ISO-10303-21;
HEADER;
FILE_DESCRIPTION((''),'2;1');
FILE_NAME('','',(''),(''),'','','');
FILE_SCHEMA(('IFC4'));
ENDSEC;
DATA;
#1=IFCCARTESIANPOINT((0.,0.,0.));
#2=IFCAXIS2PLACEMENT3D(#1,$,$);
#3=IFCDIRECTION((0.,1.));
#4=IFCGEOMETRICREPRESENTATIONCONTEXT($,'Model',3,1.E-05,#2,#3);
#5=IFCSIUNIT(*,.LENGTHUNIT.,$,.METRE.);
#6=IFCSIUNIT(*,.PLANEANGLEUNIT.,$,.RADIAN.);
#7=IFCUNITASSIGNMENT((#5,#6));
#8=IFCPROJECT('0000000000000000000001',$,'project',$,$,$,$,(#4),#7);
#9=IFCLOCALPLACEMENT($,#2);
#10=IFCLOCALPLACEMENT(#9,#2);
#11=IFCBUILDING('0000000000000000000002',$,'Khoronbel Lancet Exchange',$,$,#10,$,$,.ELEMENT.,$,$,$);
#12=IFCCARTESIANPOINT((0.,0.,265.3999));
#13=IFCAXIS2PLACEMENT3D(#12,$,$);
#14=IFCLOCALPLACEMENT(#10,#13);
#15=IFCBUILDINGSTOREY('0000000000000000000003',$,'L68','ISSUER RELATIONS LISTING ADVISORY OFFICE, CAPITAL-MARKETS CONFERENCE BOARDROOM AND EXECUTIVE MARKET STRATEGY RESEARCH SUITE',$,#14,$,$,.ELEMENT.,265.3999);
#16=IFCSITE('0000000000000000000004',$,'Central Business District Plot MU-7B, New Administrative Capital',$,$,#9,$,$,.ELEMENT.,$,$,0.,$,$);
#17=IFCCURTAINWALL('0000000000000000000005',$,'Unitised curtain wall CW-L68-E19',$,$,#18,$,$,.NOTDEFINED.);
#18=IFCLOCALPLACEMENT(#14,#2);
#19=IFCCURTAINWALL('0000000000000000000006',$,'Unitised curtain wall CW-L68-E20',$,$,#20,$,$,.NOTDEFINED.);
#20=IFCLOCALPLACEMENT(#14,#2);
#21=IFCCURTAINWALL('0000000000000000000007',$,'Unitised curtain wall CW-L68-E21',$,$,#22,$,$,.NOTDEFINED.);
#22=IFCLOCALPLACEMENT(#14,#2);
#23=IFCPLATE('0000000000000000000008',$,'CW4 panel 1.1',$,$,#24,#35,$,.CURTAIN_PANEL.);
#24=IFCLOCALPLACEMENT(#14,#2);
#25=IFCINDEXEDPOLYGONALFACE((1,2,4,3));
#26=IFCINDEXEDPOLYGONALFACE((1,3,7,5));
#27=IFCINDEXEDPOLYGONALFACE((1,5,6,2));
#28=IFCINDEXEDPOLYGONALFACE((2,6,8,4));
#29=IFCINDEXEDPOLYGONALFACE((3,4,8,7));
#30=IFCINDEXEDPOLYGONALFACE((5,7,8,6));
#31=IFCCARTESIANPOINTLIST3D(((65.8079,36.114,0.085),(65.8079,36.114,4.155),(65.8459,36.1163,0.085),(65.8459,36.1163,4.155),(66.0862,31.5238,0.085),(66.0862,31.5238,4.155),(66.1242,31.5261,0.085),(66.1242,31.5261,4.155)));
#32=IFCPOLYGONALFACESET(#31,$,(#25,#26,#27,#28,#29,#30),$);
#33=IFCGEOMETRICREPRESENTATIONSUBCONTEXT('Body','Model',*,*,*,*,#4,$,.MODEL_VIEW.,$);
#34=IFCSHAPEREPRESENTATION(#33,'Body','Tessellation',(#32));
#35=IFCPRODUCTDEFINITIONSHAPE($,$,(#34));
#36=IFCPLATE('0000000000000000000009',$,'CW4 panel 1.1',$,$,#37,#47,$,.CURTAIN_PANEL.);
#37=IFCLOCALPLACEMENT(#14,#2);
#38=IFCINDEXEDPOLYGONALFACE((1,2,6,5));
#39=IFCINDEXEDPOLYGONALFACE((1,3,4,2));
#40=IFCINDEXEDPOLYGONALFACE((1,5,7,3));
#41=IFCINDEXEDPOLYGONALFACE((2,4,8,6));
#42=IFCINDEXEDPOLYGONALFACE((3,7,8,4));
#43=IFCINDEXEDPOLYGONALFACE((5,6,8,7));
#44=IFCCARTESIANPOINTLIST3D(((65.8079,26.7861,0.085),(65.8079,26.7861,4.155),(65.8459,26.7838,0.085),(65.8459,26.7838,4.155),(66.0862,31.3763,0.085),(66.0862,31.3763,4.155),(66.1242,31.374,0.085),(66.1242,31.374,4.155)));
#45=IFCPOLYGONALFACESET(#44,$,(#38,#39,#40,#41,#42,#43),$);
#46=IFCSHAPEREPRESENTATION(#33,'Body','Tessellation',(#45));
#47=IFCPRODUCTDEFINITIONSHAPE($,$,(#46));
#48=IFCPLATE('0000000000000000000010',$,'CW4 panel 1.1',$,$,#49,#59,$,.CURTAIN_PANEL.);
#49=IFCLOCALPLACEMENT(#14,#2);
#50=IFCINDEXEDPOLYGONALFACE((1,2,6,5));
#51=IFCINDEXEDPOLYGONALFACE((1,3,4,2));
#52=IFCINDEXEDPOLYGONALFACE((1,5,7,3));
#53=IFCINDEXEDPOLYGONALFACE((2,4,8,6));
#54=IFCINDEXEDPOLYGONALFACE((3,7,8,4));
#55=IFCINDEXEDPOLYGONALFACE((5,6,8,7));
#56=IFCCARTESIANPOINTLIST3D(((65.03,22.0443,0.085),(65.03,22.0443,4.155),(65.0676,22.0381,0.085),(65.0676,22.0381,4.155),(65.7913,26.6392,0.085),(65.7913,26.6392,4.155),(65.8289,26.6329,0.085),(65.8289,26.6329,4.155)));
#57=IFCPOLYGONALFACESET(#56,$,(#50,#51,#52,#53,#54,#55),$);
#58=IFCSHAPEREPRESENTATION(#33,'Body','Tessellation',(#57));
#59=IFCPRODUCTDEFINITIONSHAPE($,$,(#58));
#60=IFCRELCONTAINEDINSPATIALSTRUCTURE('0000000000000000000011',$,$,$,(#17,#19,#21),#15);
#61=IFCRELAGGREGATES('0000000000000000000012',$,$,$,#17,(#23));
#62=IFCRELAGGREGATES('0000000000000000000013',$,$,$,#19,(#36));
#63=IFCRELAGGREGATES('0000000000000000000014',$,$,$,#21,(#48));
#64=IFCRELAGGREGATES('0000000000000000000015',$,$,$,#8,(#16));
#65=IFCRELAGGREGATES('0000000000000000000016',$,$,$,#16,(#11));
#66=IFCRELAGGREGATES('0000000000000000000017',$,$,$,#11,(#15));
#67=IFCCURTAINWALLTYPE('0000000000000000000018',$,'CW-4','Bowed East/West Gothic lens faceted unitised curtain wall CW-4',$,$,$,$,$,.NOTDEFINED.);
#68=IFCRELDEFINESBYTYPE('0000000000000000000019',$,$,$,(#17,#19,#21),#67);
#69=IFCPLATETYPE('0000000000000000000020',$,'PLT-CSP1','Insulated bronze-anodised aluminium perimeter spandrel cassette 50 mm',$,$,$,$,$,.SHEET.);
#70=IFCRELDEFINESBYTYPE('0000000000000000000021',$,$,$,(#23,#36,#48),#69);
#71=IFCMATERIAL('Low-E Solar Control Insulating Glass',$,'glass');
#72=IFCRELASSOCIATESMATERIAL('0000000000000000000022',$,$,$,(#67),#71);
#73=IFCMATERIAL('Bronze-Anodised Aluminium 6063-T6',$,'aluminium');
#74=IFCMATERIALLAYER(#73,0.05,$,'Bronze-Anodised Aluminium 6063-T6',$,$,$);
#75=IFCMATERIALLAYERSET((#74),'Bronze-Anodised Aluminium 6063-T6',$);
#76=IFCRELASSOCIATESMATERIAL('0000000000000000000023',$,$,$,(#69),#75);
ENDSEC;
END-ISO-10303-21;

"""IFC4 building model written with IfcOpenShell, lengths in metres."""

from ifc_helpers import new_model, si_unit, direction, frame, origin, origin_2d, place, context, subcontext, project, spatial, rectangle, extrude, material, layer, layer_set, type_object, element, aggregate, save


model = new_model("IFC4")

# Units and contexts
model_context = context("Model", 3, precision=1e-05, world=origin(), true_north=direction((0.0, 1.0)))
body_context = subcontext(model_context, "Body", "Model", "MODEL_VIEW")
ifc_project = project(units=[si_unit("LENGTHUNIT", "METRE"), si_unit("PLANEANGLEUNIT", "RADIAN")], contexts=[model_context])

# Site, building, storey
site_placement = place(None, origin())
site = spatial("IfcSite", under=ifc_project, at=site_placement, Name="Central Business District Plot MU-7B, New Administrative Capital", CompositionType="ELEMENT", RefElevation=0.0)
building_placement = place(site_placement, origin())
building = spatial("IfcBuilding", under=site, at=building_placement, Name="Khoronbel Lancet Exchange", CompositionType="ELEMENT")
storey_placement = place(building_placement, frame((0.0, 0.0, 265.3999)))
storey = spatial("IfcBuildingStorey", under=building, at=storey_placement, Name="L68", Description="ISSUER RELATIONS LISTING ADVISORY OFFICE, CAPITAL-MARKETS CONFERENCE BOARDROOM AND EXECUTIVE MARKET STRATEGY RESEARCH SUITE", CompositionType="ELEMENT", Elevation=265.3999)

# Shared definitions
ifc_material_1 = material(Name="Low-E Solar Control Insulating Glass", Category="glass")
curtain_wall_type = type_object("IfcCurtainWallType", Name="CW-4", Description="Bowed East/West Gothic lens faceted unitised curtain wall CW-4", PredefinedType="NOTDEFINED", material=ifc_material_1)
ifc_material_2 = material(Name="Bronze-Anodised Aluminium 6063-T6", Category="aluminium")

# Curtain walls
curtain_wall_1_placement = place(storey_placement, origin())
curtain_wall_1 = element("IfcCurtainWall", 1, at=curtain_wall_1_placement, inside=storey, type_object=curtain_wall_type, Name="Unitised curtain wall CW-L68-E19", PredefinedType="NOTDEFINED")
curtain_wall_2_placement = place(storey_placement, origin())
curtain_wall_2 = element("IfcCurtainWall", 2, at=curtain_wall_2_placement, inside=storey, type_object=curtain_wall_type, Name="Unitised curtain wall CW-L68-E20", PredefinedType="NOTDEFINED")
curtain_wall_3_placement = place(storey_placement, origin())
curtain_wall_3 = element("IfcCurtainWall", 3, at=curtain_wall_3_placement, inside=storey, type_object=curtain_wall_type, Name="Unitised curtain wall CW-L68-E21", PredefinedType="NOTDEFINED")

# Plates
ifc_layer = layer(ifc_material_2, 0.05, Name="Bronze-Anodised Aluminium 6063-T6")
ifc_layer_set = layer_set([ifc_layer], Name="Bronze-Anodised Aluminium 6063-T6")
plate_type = type_object("IfcPlateType", Name="PLT-CSP1", Description="Insulated bronze-anodised aluminium perimeter spandrel cassette 50 mm", PredefinedType="SHEET", material=ifc_layer_set)
plate_1_placement = place(storey_placement, frame((65.9661, 33.8201, 0.085), z_axis=(0.0, 0.0, 1.0), x_axis=(0.060523, -0.998167, 0.0)))
plate_1 = element("IfcPlate", 4, at=plate_1_placement, type_object=plate_type, Name="CW4 panel 1.1", PredefinedType="CURTAIN_PANEL", context=body_context, shape_type="SweptSolid", body=[
    extrude(rectangle(XDim=4.5986, YDim=0.0381, at=origin_2d()), origin(), (0.0, 0.0, 1.0), 4.0701),
])
aggregate(curtain_wall_1, [plate_1])
plate_2_placement = place(storey_placement, frame((65.9661, 29.0801, 0.085), z_axis=(0.0, 0.0, 1.0), x_axis=(-0.060523, -0.998167, 0.0)))
plate_2 = element("IfcPlate", 5, at=plate_2_placement, type_object=plate_type, Name="CW4 panel 1.1", PredefinedType="CURTAIN_PANEL", context=body_context, shape_type="SweptSolid", body=[
    extrude(rectangle(XDim=4.5986, YDim=0.0381, at=origin_2d()), origin(), (0.0, 0.0, 1.0), 4.0701),
])
aggregate(curtain_wall_2, [plate_2])
plate_3_placement = place(storey_placement, frame((65.4294, 24.3386, 0.085), z_axis=(0.0, 0.0, 1.0), x_axis=(-0.163454, -0.986551, 0.0)))
plate_3 = element("IfcPlate", 6, at=plate_3_placement, type_object=plate_type, Name="CW4 panel 1.1", PredefinedType="CURTAIN_PANEL", context=body_context, shape_type="SweptSolid", body=[
    extrude(rectangle(XDim=4.6575, YDim=0.0381, at=origin_2d()), origin(), (0.0, 0.0, 1.0), 4.0701),
])
aggregate(curtain_wall_3, [plate_3])

save(model, "model.ifc")
